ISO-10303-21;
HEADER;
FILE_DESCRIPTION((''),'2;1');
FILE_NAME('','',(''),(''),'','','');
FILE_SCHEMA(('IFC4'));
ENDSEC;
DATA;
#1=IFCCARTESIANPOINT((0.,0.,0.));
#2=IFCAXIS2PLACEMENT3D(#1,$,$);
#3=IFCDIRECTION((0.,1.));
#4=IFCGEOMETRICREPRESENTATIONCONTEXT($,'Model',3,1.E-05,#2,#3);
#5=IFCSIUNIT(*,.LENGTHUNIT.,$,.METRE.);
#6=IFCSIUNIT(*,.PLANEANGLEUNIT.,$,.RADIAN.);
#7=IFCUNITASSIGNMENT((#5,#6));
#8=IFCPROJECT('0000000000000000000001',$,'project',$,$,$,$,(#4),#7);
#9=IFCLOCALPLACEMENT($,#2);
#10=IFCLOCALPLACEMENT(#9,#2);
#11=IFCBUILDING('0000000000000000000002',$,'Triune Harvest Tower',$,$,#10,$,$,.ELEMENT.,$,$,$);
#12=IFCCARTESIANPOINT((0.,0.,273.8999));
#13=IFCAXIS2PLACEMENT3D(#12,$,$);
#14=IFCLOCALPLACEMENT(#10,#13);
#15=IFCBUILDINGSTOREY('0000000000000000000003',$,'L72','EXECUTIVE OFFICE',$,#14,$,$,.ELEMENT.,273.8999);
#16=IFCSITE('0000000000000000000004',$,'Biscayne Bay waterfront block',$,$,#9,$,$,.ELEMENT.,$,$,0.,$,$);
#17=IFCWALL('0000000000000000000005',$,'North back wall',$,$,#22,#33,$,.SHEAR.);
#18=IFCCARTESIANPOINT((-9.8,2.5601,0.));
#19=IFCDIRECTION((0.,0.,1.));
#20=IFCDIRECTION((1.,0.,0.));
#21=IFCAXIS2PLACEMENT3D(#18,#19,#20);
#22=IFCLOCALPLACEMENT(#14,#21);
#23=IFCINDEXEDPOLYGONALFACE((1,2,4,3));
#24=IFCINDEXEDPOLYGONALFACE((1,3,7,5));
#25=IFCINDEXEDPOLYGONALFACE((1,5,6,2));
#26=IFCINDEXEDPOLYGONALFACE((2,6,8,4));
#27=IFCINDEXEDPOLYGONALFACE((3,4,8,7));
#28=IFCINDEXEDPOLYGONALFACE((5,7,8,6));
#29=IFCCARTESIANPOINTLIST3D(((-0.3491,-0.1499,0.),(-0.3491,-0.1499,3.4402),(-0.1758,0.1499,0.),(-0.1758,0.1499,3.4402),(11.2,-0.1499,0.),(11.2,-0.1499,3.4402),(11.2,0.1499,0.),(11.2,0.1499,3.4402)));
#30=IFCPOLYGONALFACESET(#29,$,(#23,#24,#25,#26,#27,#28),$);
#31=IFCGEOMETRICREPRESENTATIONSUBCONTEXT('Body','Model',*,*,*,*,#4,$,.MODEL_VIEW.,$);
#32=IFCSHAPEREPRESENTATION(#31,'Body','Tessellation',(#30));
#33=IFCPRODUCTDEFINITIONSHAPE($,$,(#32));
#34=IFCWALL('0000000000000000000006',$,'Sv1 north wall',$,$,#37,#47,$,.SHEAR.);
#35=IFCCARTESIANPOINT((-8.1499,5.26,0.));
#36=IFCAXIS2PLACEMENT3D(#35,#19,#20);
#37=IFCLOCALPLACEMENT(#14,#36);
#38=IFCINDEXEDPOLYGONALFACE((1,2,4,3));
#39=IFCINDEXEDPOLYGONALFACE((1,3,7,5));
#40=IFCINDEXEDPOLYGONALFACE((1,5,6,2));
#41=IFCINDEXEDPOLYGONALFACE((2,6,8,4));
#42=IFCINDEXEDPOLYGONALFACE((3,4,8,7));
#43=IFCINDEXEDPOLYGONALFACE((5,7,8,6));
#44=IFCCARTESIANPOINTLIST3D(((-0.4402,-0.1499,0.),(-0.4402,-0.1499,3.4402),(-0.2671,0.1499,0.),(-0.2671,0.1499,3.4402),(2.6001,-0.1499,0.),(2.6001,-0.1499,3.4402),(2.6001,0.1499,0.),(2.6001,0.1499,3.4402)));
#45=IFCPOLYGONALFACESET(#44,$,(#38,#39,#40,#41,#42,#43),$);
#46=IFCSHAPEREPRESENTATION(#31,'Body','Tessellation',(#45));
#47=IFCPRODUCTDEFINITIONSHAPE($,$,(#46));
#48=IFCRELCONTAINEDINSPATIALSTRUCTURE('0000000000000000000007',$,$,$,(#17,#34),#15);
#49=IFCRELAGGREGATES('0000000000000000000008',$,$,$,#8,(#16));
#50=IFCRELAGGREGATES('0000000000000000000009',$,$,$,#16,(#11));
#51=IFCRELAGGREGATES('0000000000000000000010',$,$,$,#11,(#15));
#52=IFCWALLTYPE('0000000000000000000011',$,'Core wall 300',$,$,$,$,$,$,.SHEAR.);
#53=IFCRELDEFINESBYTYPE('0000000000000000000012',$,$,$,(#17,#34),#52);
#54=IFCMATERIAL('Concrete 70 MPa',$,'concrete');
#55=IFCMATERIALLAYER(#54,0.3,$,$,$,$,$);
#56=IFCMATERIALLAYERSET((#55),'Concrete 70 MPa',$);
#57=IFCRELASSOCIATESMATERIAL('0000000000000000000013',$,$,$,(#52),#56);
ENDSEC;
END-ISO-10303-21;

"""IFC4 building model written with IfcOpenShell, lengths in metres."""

from ifc_helpers import new_model, si_unit, direction, frame, origin, place, context, subcontext, project, spatial, polyline, outline, extrude, source, transform, mapped, material, layer, layer_set, type_object, element, save


model = new_model("IFC4")

# Units and contexts
model_context = context("Model", 3, precision=1e-05, world=origin(), true_north=direction((0.0, 1.0)))
body_context = subcontext(model_context, "Body", "Model", "MODEL_VIEW")
ifc_project = project(units=[si_unit("LENGTHUNIT", "METRE"), si_unit("PLANEANGLEUNIT", "RADIAN")], contexts=[model_context])

# Site, building, storey
site_placement = place(None, origin())
site = spatial("IfcSite", under=ifc_project, at=site_placement, Name="Biscayne Bay waterfront block", CompositionType="ELEMENT", RefElevation=0.0)
building_placement = place(site_placement, origin())
building = spatial("IfcBuilding", under=site, at=building_placement, Name="Triune Harvest Tower", CompositionType="ELEMENT")
storey_placement = place(building_placement, frame((0.0, 0.0, 273.8999)))
storey = spatial("IfcBuildingStorey", under=building, at=storey_placement, Name="L72", Description="EXECUTIVE OFFICE", CompositionType="ELEMENT", Elevation=273.8999)

# Shared definitions
ifc_material_1 = material(Name="Concrete 70 MPa", Category="concrete")
ifc_layer_1 = layer(ifc_material_1, 0.3)
ifc_layer_set_1 = layer_set([ifc_layer_1], Name="Concrete 70 MPa")
wall_type_1 = type_object("IfcWallType", Name="Core wall 300", PredefinedType="SHEAR", material=ifc_layer_set_1)

# Wall
shared_shape_1 = source(origin(), body_context, "Body", "SweptSolid", [
    extrude(outline(polyline([(11.2, -0.1499), (-0.3491, -0.1499), (-0.1758, 0.1499), (11.2, 0.1499), (11.2, -0.1499)])), origin(), (0.0, 0.0, 1.0), 3.4402),
])
wall_1_placement = place(storey_placement, frame((-9.8, 2.5601, 0.0), z_axis=(0.0, 0.0, 1.0), x_axis=(1.0, 0.0, 0.0)))
element("IfcWall", 1, at=wall_1_placement, inside=storey, type_object=wall_type_1, Name="North back wall", PredefinedType="SHEAR", context=body_context, shape_type="MappedRepresentation", body=[
    mapped(shared_shape_1, transform((0.0, 0.0, 0.0), scale=1.0)),
])

# Wall
shared_shape_2 = source(origin(), body_context, "Body", "SweptSolid", [
    extrude(outline(polyline([(2.6001, -0.1499), (-0.4402, -0.1499), (-0.2671, 0.1499), (2.6001, 0.1499), (2.6001, -0.1499)])), origin(), (0.0, 0.0, 1.0), 3.4402),
])
wall_2_placement = place(storey_placement, frame((-8.1499, 5.26, 0.0), z_axis=(0.0, 0.0, 1.0), x_axis=(1.0, 0.0, 0.0)))
element("IfcWall", 2, at=wall_2_placement, inside=storey, type_object=wall_type_1, Name="Sv1 north wall", PredefinedType="SHEAR", context=body_context, shape_type="MappedRepresentation", body=[
    mapped(shared_shape_2, transform((0.0, 0.0, 0.0), scale=1.0)),
])

save(model, "model.ifc")
